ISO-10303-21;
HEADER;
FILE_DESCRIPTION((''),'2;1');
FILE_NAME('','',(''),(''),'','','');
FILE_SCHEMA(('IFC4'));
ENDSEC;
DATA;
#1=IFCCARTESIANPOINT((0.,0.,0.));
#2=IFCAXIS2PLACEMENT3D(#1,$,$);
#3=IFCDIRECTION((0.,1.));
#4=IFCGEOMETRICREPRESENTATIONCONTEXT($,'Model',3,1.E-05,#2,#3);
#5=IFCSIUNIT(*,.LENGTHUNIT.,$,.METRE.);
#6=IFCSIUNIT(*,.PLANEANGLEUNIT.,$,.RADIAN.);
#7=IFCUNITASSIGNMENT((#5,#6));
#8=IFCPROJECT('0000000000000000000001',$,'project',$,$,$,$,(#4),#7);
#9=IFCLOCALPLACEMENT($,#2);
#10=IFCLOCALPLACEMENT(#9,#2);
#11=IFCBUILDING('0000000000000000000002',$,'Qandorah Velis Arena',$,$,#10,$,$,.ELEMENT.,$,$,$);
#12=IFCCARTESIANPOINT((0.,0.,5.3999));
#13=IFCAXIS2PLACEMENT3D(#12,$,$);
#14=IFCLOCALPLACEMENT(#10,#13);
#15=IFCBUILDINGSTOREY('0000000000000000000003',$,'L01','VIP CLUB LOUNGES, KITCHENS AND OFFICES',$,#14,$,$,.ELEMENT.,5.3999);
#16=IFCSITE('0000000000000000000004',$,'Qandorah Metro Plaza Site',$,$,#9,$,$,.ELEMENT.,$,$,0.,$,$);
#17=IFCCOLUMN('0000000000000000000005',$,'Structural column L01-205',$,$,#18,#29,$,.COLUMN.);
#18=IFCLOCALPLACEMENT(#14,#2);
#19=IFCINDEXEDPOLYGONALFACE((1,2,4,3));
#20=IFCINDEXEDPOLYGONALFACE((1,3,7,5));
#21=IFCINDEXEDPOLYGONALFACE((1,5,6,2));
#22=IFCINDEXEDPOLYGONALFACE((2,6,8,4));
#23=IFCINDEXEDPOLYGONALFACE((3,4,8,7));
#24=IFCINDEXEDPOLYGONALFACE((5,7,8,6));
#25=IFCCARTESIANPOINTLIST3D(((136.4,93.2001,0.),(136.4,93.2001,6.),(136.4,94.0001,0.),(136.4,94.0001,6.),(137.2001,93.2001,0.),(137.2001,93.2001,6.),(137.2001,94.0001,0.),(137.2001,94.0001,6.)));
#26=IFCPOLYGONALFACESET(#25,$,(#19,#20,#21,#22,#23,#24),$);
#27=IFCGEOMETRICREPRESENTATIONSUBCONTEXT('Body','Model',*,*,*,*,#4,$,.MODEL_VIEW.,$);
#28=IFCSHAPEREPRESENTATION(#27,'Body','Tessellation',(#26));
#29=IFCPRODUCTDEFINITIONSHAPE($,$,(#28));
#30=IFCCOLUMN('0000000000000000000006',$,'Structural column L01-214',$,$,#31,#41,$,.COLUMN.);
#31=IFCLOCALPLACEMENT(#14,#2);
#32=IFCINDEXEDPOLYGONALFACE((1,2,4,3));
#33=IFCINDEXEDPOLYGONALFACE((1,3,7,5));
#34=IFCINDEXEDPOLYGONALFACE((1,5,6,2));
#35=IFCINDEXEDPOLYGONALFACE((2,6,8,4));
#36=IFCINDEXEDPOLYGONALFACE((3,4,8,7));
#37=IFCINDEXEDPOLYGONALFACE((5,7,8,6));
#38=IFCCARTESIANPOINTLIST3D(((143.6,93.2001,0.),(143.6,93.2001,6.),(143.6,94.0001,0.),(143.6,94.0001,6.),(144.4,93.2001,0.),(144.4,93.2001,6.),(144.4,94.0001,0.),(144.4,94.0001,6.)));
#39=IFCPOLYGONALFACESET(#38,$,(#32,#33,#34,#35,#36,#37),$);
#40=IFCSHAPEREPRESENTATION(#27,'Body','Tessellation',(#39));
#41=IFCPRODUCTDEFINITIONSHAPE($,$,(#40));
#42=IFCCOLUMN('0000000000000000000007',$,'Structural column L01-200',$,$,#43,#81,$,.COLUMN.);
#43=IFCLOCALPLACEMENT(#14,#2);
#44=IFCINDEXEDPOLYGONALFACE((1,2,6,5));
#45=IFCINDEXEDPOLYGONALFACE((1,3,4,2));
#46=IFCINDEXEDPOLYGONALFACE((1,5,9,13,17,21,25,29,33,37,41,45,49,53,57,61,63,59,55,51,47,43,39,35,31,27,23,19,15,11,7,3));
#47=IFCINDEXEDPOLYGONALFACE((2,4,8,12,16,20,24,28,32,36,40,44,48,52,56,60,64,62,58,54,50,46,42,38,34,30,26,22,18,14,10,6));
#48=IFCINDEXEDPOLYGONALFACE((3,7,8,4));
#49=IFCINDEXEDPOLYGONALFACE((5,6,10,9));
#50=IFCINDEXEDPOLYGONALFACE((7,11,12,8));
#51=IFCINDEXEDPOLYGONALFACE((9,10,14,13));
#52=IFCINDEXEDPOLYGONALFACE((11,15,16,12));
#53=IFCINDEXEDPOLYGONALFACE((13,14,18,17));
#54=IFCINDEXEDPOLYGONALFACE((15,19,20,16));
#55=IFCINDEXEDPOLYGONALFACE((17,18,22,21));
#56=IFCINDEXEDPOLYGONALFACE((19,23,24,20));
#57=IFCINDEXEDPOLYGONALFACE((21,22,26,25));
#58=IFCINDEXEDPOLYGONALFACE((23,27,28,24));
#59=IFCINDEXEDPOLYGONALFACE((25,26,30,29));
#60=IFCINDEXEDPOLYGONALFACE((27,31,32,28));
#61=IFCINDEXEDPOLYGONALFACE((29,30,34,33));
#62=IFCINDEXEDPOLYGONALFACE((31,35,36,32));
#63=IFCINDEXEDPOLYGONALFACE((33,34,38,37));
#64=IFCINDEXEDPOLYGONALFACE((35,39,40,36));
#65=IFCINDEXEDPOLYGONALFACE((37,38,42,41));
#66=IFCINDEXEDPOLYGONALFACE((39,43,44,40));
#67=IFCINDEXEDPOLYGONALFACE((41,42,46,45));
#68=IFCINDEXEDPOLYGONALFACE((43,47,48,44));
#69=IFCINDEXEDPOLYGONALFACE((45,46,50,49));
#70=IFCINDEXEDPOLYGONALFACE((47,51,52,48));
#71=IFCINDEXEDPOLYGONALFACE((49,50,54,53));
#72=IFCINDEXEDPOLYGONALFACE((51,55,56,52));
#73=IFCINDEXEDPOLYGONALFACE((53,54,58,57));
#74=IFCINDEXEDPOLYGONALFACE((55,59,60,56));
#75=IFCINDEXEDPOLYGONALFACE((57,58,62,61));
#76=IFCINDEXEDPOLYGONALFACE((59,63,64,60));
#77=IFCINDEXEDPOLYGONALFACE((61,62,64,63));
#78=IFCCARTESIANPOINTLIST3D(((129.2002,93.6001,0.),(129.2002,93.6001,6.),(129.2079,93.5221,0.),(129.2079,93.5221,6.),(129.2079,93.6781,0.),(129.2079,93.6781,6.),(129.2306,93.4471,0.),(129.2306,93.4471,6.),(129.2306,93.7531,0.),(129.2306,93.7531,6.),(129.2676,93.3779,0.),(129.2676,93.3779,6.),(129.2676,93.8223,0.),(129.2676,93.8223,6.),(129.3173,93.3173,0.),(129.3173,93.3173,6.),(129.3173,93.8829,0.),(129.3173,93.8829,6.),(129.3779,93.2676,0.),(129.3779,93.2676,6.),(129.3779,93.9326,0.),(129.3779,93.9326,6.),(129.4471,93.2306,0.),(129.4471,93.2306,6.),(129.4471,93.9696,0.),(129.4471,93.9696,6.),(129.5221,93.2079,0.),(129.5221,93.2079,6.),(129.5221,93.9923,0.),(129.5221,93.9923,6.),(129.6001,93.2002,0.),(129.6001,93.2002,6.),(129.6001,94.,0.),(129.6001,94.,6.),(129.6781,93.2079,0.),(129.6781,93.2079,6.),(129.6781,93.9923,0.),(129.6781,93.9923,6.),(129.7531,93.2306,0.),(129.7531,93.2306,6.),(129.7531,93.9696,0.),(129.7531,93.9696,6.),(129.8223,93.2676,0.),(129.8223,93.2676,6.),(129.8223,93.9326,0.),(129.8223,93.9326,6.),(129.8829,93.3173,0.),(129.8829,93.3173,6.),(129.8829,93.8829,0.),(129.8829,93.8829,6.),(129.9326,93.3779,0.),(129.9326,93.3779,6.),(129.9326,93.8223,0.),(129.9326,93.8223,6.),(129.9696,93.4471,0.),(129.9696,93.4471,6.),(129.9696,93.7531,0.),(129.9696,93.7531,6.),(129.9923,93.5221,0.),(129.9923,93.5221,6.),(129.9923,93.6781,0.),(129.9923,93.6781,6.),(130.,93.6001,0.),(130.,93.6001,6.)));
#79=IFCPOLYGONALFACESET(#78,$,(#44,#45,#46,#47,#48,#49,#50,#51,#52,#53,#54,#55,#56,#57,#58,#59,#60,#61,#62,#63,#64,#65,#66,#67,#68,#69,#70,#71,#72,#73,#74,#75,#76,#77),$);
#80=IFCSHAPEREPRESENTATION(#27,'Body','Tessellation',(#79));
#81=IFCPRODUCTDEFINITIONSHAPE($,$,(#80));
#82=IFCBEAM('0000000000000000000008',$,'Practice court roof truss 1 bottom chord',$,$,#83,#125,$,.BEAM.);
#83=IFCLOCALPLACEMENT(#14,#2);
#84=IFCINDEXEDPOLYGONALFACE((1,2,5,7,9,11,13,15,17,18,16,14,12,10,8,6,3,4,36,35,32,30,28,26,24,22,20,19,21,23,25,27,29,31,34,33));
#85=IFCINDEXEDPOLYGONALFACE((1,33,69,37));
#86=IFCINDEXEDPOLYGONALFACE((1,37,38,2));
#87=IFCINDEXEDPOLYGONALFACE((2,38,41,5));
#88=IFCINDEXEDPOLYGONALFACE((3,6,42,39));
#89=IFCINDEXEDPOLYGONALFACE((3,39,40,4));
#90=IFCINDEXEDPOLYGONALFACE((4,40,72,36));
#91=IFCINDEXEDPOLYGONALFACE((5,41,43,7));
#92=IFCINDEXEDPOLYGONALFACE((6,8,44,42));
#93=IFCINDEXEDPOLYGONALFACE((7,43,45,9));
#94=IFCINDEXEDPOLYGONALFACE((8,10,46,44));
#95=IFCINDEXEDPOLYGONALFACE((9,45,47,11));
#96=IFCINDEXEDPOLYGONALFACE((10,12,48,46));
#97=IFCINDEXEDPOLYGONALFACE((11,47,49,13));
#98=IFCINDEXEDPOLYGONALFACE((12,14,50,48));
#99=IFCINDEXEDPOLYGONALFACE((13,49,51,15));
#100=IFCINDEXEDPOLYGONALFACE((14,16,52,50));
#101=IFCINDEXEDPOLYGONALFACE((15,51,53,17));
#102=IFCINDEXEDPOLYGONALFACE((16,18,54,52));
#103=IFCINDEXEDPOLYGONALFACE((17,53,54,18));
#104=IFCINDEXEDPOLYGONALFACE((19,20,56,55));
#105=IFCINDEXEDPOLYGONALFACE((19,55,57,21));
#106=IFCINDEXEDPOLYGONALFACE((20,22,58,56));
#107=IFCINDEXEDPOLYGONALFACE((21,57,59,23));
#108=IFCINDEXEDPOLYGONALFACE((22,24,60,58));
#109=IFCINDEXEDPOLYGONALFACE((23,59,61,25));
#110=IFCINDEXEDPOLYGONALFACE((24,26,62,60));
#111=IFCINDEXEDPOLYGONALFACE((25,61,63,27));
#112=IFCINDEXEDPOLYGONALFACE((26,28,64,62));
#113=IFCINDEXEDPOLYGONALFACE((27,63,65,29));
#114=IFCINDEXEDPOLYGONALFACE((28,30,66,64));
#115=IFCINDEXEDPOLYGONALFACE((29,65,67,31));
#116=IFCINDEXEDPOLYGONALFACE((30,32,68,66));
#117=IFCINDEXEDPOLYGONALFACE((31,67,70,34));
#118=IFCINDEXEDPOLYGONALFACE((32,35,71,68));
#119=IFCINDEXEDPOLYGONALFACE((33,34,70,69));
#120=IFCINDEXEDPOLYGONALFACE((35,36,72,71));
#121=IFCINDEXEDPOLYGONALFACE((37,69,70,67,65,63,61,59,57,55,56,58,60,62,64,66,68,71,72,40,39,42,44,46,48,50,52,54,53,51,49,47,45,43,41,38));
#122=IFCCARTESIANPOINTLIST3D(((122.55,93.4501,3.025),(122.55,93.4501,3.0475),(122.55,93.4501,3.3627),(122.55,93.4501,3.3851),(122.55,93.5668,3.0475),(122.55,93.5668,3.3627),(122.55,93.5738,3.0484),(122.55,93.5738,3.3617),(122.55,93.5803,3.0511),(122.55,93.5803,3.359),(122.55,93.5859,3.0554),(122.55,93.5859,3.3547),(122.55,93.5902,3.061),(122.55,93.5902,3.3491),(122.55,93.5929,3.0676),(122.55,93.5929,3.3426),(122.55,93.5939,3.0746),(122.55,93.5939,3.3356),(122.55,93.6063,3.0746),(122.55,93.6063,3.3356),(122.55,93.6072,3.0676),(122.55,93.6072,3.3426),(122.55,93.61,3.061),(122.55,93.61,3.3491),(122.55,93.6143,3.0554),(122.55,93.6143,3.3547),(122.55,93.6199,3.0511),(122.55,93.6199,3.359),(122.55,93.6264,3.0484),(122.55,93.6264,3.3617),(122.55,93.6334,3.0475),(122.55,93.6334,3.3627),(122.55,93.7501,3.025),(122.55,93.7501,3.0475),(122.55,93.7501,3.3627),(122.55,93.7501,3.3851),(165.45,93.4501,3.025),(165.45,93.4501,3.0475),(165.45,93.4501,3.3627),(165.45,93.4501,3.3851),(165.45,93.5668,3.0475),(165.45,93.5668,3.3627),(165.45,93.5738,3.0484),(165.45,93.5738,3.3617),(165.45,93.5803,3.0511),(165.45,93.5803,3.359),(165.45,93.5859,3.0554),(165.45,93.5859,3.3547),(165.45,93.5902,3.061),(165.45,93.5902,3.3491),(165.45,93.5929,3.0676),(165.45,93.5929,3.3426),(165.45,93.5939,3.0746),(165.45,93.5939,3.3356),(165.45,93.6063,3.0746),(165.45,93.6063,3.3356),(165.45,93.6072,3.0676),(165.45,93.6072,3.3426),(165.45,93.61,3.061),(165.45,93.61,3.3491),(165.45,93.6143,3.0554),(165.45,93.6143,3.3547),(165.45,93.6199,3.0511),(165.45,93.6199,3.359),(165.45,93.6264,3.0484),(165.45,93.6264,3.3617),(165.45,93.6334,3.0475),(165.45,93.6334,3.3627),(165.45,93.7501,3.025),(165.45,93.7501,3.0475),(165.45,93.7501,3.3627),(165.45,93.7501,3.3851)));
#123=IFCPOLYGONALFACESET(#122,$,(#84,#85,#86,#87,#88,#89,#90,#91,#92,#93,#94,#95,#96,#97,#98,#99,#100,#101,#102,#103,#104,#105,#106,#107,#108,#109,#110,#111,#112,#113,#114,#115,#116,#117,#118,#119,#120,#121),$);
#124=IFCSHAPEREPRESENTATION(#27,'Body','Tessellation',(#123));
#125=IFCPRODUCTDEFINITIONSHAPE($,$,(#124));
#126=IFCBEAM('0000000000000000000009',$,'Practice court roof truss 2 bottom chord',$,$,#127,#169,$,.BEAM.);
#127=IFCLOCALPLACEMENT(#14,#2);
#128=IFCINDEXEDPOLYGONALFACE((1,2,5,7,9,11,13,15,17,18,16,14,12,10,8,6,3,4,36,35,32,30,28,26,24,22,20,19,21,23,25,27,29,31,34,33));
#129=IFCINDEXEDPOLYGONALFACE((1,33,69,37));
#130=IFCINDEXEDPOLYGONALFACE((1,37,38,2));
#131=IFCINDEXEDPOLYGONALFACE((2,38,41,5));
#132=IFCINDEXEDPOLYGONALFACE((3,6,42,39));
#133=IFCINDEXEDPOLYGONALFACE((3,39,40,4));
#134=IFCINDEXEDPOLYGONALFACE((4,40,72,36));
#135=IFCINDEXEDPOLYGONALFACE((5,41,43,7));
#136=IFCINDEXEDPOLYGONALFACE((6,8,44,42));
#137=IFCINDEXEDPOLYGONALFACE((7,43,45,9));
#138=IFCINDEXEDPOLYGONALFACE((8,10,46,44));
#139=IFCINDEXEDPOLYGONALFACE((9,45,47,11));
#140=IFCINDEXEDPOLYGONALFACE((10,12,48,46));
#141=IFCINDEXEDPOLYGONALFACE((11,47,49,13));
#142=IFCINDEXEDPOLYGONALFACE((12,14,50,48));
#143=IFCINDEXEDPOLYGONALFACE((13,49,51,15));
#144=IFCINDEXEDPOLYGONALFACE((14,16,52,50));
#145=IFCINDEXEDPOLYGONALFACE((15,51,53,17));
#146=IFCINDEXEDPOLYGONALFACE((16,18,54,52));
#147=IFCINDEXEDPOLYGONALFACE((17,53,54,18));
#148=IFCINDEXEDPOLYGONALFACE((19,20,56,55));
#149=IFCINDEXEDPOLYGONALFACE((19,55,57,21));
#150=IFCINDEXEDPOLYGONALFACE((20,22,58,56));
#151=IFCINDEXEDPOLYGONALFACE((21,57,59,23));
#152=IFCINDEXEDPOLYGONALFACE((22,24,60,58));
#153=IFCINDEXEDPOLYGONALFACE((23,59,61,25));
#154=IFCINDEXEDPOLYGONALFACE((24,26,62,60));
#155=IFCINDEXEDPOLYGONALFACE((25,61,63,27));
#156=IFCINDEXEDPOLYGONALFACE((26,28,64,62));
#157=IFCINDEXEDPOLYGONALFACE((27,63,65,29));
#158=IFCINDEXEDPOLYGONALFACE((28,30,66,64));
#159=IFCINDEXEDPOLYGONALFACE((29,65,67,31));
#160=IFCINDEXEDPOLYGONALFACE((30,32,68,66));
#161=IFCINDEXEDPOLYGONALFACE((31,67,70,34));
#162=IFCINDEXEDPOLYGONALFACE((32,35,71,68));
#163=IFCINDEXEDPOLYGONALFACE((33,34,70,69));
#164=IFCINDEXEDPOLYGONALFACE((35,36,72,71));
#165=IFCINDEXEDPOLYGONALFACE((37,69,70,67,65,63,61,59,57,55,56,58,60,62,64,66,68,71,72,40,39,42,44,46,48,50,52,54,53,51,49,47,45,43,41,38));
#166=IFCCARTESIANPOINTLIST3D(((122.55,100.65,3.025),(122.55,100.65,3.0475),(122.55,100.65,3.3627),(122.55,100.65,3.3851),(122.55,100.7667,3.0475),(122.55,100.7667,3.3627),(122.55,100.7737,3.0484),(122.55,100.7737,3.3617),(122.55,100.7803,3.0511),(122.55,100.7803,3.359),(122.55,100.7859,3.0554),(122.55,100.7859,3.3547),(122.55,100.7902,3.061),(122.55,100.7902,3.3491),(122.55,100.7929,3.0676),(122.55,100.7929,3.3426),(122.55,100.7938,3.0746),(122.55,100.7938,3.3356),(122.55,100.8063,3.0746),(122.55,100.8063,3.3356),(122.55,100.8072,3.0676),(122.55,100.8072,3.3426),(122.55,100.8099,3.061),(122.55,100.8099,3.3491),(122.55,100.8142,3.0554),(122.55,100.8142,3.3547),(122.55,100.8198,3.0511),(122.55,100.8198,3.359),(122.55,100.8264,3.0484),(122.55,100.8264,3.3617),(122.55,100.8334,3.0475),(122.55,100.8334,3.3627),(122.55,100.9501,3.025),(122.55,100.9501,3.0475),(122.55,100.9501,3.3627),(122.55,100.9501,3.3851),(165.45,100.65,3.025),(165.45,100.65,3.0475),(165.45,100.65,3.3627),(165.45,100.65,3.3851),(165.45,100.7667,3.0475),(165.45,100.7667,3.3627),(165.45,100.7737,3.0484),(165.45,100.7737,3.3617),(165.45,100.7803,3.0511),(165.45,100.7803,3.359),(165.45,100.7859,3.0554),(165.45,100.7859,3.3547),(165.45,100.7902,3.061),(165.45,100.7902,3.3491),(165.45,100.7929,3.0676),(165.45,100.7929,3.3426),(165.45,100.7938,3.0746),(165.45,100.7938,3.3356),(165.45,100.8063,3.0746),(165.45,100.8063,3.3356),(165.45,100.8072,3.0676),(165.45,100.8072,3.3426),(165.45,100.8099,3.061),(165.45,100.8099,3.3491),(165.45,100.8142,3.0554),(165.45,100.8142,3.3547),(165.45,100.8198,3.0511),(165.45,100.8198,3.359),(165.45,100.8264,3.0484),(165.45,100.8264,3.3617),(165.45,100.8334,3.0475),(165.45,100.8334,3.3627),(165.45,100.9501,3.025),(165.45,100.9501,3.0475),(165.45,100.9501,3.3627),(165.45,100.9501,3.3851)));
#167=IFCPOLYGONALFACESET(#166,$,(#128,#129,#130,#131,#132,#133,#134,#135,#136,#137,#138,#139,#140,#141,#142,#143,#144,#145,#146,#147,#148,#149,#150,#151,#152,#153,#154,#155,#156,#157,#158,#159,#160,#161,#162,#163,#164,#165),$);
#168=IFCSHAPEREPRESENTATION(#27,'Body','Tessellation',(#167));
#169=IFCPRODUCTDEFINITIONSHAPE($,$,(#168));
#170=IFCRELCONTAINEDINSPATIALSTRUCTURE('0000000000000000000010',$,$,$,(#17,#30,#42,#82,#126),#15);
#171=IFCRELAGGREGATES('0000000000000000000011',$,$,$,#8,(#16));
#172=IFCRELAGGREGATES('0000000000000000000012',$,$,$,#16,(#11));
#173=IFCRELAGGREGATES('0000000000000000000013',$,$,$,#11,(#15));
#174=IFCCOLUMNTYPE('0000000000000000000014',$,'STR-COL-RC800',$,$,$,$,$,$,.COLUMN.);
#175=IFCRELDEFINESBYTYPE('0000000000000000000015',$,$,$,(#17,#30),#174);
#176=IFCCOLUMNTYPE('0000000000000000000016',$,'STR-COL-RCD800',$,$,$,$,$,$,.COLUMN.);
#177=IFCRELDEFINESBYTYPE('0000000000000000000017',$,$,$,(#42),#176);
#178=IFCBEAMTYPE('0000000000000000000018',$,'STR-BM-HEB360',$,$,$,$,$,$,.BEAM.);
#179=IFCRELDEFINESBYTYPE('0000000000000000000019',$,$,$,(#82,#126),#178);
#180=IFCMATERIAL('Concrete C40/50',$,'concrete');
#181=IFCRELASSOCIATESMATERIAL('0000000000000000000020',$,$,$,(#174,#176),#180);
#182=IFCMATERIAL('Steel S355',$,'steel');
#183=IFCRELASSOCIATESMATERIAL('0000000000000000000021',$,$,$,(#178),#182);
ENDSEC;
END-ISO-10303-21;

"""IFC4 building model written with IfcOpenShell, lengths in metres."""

from ifc_helpers import new_model, si_unit, direction, frame, origin, origin_2d, place, context, subcontext, project, spatial, rectangle, circle, i_section, extrude, material, material_profile, profile_set, type_object, element, save


model = new_model("IFC4")

# Units and contexts
model_context = context("Model", 3, precision=1e-05, world=origin(), true_north=direction((0.0, 1.0)))
body_context = subcontext(model_context, "Body", "Model", "MODEL_VIEW")
ifc_project = project(units=[si_unit("LENGTHUNIT", "METRE"), si_unit("PLANEANGLEUNIT", "RADIAN")], contexts=[model_context])

# Site, building, storey
site_placement = place(None, origin())
site = spatial("IfcSite", under=ifc_project, at=site_placement, Name="Qandorah Metro Plaza Site", CompositionType="ELEMENT", RefElevation=0.0)
building_placement = place(site_placement, origin())
building = spatial("IfcBuilding", under=site, at=building_placement, Name="Qandorah Velis Arena", CompositionType="ELEMENT")
storey_placement = place(building_placement, frame((0.0, 0.0, 5.3999)))
storey = spatial("IfcBuildingStorey", under=building, at=storey_placement, Name="L01", Description="VIP CLUB LOUNGES, KITCHENS AND OFFICES", CompositionType="ELEMENT", Elevation=5.3999)

# Columns
ifc_material_1 = material(Name="Concrete C40/50", Category="concrete")
ifc_material_profile_1 = material_profile(ifc_material_1, rectangle(XDim=0.8, YDim=0.8, at=origin_2d()), Name="RC COL 800x800")
ifc_profile_set_1 = profile_set([ifc_material_profile_1], Name="Concrete C40/50")
column_type_1 = type_object("IfcColumnType", Name="STR-COL-RC800", PredefinedType="COLUMN", material=ifc_profile_set_1)
for number, where, z_axis, x_axis, name in (
    (1, (136.8, 93.6001, 0.0), (0.0, 0.0, 1.0), (1.0, 0.0, 0.0), "Structural column L01-205"),
    (2, (144.0, 93.6001, 0.0), (0.0, 0.0, 1.0), (1.0, 0.0, 0.0), "Structural column L01-214"),
):
    element("IfcColumn", number, at=place(storey_placement, frame(where, z_axis=z_axis, x_axis=x_axis)), inside=storey, type_object=column_type_1, Name=name, PredefinedType="COLUMN", context=body_context, shape_type="SweptSolid", body=[
        extrude(rectangle(XDim=0.8, YDim=0.8, at=origin_2d()), origin(), (0.0, 0.0, 1.0), 6.0),
    ])
ifc_material_profile_2 = material_profile(ifc_material_1, circle(Radius=0.3999, at=origin_2d()), Name="RC D800")
ifc_profile_set_2 = profile_set([ifc_material_profile_2], Name="Concrete C40/50")
column_type_2 = type_object("IfcColumnType", Name="STR-COL-RCD800", PredefinedType="COLUMN", material=ifc_profile_set_2)
column_placement = place(storey_placement, frame((129.6001, 93.6001, 0.0), z_axis=(0.0, 0.0, 1.0), x_axis=(1.0, 0.0, 0.0)))
element("IfcColumn", 3, at=column_placement, inside=storey, type_object=column_type_2, Name="Structural column L01-200", PredefinedType="COLUMN", context=body_context, shape_type="SweptSolid", body=[
    extrude(circle(Radius=0.3999, at=origin_2d()), origin(), (0.0, 0.0, 1.0), 6.0),
])

# Beams
ifc_material_2 = material(Name="Steel S355", Category="steel")
ifc_material_profile_3 = material_profile(ifc_material_2, i_section(OverallWidth=0.3, OverallDepth=0.3601, WebThickness=0.0125, FlangeThickness=0.0225, FilletRadius=0.0271, at=origin_2d()), Name="HEB 360")
ifc_profile_set_3 = profile_set([ifc_material_profile_3], Name="Steel S355")
beam_type_1 = type_object("IfcBeamType", Name="STR-BM-HEB360", PredefinedType="BEAM", material=ifc_profile_set_3)
for number, where, z_axis, x_axis, name in (
    (4, (122.55, 93.6001, 3.2051), (1.0, 0.0, 0.0), (0.0, 1.0, 0.0), "Practice court roof truss 1 bottom chord"),
    (5, (122.55, 100.8, 3.2051), (1.0, 0.0, 0.0), (0.0, 1.0, 0.0), "Practice court roof truss 2 bottom chord"),
):
    element("IfcBeam", number, at=place(storey_placement, frame(where, z_axis=z_axis, x_axis=x_axis)), inside=storey, type_object=beam_type_1, Name=name, PredefinedType="BEAM", context=body_context, shape_type="SweptSolid", body=[
        extrude(i_section(OverallWidth=0.3, OverallDepth=0.3601, WebThickness=0.0125, FlangeThickness=0.0225, FilletRadius=0.0271, at=origin_2d()), origin(), (0.0, 0.0, 1.0), 42.8999),
    ])

save(model, "model.ifc")
